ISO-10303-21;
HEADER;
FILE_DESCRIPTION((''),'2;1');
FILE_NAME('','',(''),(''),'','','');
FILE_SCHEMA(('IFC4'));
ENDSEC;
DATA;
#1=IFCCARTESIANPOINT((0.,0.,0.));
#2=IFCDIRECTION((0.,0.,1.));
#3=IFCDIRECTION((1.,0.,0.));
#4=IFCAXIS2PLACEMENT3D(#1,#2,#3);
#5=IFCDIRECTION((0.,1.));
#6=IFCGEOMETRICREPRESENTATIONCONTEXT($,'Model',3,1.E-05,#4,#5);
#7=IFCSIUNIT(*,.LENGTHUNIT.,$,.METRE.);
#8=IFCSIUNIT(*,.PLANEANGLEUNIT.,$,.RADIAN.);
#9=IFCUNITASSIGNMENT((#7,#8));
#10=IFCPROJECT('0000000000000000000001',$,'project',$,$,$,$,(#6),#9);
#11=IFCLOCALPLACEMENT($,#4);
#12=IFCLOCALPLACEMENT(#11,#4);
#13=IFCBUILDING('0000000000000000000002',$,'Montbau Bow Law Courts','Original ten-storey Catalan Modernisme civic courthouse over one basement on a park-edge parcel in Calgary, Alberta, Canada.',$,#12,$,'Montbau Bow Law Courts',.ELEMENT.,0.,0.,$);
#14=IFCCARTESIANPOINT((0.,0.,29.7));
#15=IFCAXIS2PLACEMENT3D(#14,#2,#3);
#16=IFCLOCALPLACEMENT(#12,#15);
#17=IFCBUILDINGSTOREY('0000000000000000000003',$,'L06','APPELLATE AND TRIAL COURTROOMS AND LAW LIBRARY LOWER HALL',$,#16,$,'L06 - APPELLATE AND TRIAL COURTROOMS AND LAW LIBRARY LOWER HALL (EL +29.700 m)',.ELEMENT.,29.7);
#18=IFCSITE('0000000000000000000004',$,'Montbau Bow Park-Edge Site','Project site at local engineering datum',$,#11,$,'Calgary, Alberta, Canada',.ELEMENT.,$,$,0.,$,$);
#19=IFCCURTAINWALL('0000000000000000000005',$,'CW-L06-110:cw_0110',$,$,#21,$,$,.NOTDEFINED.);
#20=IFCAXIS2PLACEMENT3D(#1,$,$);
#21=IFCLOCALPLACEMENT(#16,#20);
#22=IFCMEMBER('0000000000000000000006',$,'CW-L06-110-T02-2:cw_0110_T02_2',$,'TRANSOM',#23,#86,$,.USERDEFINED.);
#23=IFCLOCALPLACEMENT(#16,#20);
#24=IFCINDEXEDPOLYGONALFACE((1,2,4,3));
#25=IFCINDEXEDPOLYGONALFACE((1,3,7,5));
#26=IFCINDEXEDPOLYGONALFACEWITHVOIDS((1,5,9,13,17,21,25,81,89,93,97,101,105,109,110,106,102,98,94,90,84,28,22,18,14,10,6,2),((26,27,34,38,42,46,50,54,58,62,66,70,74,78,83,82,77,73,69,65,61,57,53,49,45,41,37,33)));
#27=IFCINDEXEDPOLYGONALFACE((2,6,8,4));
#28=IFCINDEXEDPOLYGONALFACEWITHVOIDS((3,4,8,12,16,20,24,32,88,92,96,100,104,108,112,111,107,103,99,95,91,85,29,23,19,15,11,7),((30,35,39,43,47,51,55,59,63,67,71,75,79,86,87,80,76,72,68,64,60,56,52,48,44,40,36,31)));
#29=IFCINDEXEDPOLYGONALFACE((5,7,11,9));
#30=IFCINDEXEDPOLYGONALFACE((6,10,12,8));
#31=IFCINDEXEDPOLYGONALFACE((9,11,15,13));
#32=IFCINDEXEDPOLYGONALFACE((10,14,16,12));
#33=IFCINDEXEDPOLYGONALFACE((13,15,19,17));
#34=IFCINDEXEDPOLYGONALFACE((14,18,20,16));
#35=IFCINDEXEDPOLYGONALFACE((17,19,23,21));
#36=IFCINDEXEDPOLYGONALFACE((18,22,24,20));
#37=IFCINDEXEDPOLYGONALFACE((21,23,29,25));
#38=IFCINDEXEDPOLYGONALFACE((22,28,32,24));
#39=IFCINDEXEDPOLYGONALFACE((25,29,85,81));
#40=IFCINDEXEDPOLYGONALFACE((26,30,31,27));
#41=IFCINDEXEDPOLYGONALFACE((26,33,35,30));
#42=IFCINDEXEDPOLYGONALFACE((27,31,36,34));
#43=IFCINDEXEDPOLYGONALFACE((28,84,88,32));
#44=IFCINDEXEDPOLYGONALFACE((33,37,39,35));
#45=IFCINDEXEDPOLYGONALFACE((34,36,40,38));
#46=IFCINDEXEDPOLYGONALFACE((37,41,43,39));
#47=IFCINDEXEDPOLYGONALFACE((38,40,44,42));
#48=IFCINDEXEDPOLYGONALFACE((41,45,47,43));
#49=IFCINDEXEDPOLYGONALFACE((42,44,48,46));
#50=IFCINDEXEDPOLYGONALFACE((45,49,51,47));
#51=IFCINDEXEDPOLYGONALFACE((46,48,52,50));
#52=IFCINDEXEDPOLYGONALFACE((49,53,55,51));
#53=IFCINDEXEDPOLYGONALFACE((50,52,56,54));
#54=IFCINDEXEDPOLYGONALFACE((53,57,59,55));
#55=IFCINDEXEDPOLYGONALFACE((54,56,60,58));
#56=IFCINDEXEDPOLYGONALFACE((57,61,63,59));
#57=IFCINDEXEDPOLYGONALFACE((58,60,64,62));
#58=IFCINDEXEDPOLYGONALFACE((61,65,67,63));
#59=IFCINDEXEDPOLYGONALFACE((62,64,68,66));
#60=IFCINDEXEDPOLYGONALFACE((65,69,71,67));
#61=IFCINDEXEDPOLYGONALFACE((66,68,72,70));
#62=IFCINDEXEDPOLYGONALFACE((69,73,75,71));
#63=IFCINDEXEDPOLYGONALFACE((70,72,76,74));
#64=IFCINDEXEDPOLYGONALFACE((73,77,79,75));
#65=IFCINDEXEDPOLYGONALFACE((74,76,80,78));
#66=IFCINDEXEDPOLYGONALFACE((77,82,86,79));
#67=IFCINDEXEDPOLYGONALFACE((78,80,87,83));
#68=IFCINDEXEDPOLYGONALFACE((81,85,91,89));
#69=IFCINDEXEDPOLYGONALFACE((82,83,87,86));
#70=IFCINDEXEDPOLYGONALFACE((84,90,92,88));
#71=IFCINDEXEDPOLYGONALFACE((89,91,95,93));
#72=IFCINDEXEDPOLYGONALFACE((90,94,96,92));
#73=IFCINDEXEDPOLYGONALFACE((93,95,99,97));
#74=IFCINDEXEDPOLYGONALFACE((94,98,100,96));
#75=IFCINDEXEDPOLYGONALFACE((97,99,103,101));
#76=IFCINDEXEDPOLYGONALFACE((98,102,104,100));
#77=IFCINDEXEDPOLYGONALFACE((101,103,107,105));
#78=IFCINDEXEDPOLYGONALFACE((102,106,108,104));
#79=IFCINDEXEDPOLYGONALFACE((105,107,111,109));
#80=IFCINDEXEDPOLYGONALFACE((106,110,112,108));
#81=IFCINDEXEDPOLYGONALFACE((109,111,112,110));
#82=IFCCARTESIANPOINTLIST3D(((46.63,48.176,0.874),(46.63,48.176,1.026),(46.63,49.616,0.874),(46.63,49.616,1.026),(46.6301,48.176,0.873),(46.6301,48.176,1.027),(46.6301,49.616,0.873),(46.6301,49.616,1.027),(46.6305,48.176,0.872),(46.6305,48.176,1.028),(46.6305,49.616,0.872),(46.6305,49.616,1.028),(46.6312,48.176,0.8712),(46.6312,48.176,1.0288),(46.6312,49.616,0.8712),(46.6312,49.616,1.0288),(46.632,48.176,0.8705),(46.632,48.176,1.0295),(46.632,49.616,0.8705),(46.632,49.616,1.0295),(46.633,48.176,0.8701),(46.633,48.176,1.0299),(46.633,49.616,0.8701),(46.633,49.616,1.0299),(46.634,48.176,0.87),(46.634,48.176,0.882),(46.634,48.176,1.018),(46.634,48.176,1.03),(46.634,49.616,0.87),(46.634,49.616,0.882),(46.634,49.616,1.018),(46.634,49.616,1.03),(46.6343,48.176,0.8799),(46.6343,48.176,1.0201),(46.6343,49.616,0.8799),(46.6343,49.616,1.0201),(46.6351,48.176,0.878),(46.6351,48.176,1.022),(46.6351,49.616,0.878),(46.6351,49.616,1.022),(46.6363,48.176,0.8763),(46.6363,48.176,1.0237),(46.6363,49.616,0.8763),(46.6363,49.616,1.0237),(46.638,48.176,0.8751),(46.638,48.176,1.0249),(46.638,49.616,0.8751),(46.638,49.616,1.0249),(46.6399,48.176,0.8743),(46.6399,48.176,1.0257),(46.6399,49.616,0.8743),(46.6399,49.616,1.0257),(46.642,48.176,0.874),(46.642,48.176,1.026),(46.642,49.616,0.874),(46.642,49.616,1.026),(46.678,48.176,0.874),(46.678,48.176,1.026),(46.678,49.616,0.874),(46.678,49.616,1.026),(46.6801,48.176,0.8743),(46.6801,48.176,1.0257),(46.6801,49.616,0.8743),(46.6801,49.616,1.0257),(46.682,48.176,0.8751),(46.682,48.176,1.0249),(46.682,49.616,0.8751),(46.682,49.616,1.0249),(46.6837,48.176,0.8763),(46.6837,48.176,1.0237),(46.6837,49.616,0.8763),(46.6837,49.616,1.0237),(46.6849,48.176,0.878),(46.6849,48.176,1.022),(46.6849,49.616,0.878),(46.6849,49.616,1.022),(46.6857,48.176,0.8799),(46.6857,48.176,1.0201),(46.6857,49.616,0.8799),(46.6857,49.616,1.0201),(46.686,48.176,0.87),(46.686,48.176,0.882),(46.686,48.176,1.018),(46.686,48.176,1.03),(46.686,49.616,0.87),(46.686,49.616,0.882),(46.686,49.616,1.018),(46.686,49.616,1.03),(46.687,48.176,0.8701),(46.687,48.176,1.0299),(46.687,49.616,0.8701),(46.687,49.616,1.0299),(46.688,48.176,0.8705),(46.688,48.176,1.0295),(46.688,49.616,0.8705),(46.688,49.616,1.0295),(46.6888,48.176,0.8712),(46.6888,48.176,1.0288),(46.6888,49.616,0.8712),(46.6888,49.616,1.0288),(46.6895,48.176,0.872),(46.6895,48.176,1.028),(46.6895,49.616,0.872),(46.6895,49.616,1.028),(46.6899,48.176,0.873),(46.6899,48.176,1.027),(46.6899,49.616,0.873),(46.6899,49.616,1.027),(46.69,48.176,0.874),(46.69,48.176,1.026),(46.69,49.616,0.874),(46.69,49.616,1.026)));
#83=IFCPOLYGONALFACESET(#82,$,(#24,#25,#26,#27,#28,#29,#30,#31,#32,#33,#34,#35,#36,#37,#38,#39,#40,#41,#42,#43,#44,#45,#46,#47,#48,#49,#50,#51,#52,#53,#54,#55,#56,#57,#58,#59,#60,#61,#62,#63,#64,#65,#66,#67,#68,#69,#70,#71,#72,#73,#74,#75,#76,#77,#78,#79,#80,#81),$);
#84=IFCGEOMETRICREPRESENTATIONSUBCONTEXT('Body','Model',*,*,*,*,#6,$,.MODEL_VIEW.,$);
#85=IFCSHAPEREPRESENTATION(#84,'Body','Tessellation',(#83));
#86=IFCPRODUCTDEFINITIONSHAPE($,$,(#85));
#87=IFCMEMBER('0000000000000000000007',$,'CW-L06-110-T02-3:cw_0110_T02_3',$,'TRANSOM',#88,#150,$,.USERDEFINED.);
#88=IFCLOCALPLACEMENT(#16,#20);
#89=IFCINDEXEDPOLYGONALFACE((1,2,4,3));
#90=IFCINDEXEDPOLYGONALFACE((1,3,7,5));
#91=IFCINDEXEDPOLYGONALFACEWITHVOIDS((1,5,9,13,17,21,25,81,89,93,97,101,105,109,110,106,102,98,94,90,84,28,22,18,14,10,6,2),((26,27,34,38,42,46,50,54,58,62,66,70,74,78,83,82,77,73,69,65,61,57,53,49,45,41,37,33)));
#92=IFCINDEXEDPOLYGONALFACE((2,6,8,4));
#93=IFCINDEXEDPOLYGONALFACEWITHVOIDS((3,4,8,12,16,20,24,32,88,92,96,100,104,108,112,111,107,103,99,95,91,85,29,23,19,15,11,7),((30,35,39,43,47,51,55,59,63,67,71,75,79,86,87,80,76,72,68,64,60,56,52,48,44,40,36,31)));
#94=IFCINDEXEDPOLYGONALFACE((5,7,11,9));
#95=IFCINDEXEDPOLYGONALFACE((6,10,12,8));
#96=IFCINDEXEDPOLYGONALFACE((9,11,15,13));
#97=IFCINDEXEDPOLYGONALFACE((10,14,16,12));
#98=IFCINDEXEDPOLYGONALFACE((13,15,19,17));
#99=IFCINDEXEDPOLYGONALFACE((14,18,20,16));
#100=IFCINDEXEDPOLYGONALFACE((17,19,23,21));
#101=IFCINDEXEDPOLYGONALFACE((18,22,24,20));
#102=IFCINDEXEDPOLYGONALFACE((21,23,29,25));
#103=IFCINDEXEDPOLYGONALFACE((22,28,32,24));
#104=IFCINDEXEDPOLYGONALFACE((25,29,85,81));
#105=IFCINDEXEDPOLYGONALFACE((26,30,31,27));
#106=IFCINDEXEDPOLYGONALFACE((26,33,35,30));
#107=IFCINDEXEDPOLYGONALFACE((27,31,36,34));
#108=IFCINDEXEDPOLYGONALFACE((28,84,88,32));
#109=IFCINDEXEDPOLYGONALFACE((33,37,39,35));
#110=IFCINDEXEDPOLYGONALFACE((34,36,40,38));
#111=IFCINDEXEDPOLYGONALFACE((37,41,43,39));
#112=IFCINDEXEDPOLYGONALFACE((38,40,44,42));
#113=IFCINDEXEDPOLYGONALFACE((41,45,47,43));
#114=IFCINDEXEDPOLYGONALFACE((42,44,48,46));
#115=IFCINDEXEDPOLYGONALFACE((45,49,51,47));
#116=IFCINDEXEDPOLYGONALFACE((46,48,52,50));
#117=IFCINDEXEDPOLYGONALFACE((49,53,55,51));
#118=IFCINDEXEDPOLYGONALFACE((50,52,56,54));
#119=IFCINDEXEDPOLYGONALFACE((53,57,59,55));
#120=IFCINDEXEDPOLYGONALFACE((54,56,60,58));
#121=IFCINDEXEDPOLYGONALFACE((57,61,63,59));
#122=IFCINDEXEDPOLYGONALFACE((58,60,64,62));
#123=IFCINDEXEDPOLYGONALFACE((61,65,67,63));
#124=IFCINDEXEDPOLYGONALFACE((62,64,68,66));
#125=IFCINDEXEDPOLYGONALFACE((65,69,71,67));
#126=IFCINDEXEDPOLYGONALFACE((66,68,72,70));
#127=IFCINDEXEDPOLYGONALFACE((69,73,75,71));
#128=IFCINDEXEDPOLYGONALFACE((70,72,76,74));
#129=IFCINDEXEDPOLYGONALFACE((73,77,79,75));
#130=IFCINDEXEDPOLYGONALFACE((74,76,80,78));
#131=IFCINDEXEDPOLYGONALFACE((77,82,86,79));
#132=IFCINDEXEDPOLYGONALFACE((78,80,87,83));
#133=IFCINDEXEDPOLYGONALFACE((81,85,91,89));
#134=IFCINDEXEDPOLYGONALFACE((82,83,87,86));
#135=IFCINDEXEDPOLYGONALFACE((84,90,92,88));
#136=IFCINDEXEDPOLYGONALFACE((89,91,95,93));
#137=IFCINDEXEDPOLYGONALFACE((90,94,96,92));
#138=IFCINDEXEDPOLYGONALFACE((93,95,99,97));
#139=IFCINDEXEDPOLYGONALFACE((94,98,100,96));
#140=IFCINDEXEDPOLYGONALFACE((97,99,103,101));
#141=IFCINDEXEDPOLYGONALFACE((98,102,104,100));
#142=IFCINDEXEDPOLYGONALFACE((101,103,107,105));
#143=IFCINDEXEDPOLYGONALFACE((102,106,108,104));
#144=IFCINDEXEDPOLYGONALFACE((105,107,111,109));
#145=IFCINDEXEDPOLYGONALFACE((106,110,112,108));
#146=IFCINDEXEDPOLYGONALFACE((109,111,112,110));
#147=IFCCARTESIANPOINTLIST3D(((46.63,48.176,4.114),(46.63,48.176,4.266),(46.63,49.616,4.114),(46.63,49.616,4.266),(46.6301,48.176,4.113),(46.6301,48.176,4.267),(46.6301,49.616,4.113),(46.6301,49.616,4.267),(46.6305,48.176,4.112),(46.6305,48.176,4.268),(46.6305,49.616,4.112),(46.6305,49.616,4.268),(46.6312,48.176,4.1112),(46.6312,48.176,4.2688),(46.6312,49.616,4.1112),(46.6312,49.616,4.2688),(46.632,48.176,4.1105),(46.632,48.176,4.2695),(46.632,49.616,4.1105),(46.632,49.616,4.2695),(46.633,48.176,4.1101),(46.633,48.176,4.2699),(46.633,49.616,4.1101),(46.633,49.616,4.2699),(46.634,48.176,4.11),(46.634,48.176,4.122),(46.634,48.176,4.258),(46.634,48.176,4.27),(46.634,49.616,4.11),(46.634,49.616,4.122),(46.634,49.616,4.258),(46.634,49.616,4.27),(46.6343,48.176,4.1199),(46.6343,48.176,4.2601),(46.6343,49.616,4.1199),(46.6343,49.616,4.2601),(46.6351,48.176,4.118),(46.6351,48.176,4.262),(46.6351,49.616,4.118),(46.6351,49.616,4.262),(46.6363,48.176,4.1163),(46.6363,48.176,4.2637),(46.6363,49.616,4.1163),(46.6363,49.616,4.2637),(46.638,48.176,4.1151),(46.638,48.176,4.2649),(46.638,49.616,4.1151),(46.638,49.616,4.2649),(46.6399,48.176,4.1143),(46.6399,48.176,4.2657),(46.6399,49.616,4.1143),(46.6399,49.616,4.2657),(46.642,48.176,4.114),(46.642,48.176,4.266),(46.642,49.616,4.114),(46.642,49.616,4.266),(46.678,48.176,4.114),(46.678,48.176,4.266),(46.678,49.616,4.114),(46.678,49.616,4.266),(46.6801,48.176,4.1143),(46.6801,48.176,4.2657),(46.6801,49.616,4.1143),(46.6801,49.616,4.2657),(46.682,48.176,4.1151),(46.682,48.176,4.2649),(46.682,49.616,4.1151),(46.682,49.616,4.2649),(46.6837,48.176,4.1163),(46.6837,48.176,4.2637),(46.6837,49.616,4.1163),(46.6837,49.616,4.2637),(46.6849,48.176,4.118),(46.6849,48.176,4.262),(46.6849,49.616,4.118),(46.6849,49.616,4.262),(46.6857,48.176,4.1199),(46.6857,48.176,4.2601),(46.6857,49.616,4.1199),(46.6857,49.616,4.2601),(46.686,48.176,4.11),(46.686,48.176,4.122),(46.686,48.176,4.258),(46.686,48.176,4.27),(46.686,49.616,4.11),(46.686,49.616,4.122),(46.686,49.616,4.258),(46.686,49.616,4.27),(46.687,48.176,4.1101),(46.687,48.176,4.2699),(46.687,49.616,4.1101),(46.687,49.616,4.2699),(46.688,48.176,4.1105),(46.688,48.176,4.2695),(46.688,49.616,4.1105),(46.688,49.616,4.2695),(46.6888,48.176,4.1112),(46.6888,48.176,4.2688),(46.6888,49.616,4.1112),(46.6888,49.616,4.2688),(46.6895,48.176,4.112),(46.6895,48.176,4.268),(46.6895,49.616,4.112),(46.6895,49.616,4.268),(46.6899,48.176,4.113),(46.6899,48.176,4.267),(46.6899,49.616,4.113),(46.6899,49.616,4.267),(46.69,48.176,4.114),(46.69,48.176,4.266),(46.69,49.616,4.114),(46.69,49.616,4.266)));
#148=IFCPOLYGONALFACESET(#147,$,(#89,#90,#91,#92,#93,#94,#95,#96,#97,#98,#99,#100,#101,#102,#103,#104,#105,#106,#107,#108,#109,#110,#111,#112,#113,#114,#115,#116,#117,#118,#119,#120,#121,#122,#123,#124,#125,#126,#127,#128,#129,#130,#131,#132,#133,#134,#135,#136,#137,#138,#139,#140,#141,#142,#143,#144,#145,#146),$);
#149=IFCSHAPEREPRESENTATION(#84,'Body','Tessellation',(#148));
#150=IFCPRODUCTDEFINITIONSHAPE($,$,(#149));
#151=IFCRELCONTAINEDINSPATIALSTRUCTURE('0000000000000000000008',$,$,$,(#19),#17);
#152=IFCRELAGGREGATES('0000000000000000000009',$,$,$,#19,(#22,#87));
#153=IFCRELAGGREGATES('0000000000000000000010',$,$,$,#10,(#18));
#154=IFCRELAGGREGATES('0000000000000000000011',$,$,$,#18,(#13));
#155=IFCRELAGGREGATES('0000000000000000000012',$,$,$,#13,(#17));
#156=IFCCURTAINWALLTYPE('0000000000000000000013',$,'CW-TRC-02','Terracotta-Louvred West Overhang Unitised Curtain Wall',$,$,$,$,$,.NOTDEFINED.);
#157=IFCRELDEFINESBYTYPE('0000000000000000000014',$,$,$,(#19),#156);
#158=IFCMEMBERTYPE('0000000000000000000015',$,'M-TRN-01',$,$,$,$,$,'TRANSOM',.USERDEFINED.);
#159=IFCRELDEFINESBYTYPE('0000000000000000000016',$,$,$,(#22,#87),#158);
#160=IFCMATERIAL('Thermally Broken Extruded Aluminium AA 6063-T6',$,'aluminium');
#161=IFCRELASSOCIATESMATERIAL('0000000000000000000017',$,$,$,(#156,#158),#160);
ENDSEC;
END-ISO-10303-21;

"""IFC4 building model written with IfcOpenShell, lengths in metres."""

from ifc_helpers import new_model, si_unit, direction, frame, origin_with_axes, origin_2d_with_axis, place, context, subcontext, project, spatial, hollow_rectangle, extrude, material, material_profile, profile_set, type_object, element, aggregate, save


model = new_model("IFC4")

# Units and contexts
model_context = context("Model", 3, precision=1e-05, world=origin_with_axes(), true_north=direction((0.0, 1.0)))
body_context = subcontext(model_context, "Body", "Model", "MODEL_VIEW")
ifc_project = project(units=[si_unit("LENGTHUNIT", "METRE"), si_unit("PLANEANGLEUNIT", "RADIAN")], contexts=[model_context])

# Site, building, storey
site_placement = place(None, origin_with_axes())
site = spatial("IfcSite", under=ifc_project, at=site_placement, Name="Montbau Bow Park-Edge Site", Description="Project site at local engineering datum", LongName="Calgary, Alberta, Canada", CompositionType="ELEMENT", RefElevation=0.0)
building_placement = place(site_placement, origin_with_axes())
building = spatial("IfcBuilding", under=site, at=building_placement, Name="Montbau Bow Law Courts", Description="Original ten-storey Catalan Modernisme civic courthouse over one basement on a park-edge parcel in Calgary, Alberta, Canada.", LongName="Montbau Bow Law Courts", CompositionType="ELEMENT", ElevationOfRefHeight=0.0, ElevationOfTerrain=0.0)
storey_placement = place(building_placement, frame((0.0, 0.0, 29.7), z_axis=(0.0, 0.0, 1.0), x_axis=(1.0, 0.0, 0.0)))
storey = spatial("IfcBuildingStorey", under=building, at=storey_placement, Name="L06", Description="APPELLATE AND TRIAL COURTROOMS AND LAW LIBRARY LOWER HALL", LongName="L06 - APPELLATE AND TRIAL COURTROOMS AND LAW LIBRARY LOWER HALL (EL +29.700 m)", CompositionType="ELEMENT", Elevation=29.7)

# Curtain wall, members
ifc_material_1 = material(Name="Thermally Broken Extruded Aluminium AA 6063-T6", Category="aluminium")
curtain_wall_type = type_object("IfcCurtainWallType", Name="CW-TRC-02", Description="Terracotta-Louvred West Overhang Unitised Curtain Wall", PredefinedType="NOTDEFINED", material=ifc_material_1)
curtain_wall_placement = place(None, frame((46.66, 46.64, 29.7), z_axis=(0.0, 0.0, 1.0), x_axis=(1.0, 0.0, 0.0)))
curtain_wall = element("IfcCurtainWall", 1, at=curtain_wall_placement, inside=storey, type_object=curtain_wall_type, Name="CW-L06-110:cw_0110", PredefinedType="NOTDEFINED")
ifc_material_profile_1 = material_profile(ifc_material_1, hollow_rectangle(XDim=0.06, YDim=0.16, WallThickness=0.004, InnerFilletRadius=0.008, OuterFilletRadius=0.004, at=origin_2d_with_axis()), Name="CWT-160X60", Category="Main", Priority=0)
ifc_profile_set_1 = profile_set([ifc_material_profile_1], Name="Thermally Broken Extruded Aluminium AA 6063-T6")
member_type_1 = type_object("IfcMemberType", Name="M-TRN-01", ElementType="TRANSOM", PredefinedType="USERDEFINED", material=ifc_profile_set_1)
member_1_placement = place(None, frame((46.66, 48.176, 30.65), z_axis=(0.0, 1.0, 0.0), x_axis=(-1.0, 0.0, 0.0)))
member_1 = element("IfcMember", 2, at=member_1_placement, type_object=member_type_1, Name="CW-L06-110-T02-2:cw_0110_T02_2", ObjectType="TRANSOM", PredefinedType="USERDEFINED", context=body_context, shape_type="SweptSolid", body=[
    extrude(hollow_rectangle(XDim=0.06, YDim=0.16, WallThickness=0.004, InnerFilletRadius=0.008, OuterFilletRadius=0.004, at=origin_2d_with_axis()), origin_with_axes(), (0.0, 0.0, 1.0), 1.44),
])
member_2_placement = place(None, frame((46.66, 48.176, 33.89), z_axis=(0.0, 1.0, 0.0), x_axis=(-1.0, 0.0, 0.0)))
member_2 = element("IfcMember", 3, at=member_2_placement, type_object=member_type_1, Name="CW-L06-110-T02-3:cw_0110_T02_3", ObjectType="TRANSOM", PredefinedType="USERDEFINED", context=body_context, shape_type="SweptSolid", body=[
    extrude(hollow_rectangle(XDim=0.06, YDim=0.16, WallThickness=0.004, InnerFilletRadius=0.008, OuterFilletRadius=0.004, at=origin_2d_with_axis()), origin_with_axes(), (0.0, 0.0, 1.0), 1.44),
])
aggregate(curtain_wall, [member_1, member_2])

save(model, "model.ifc")
